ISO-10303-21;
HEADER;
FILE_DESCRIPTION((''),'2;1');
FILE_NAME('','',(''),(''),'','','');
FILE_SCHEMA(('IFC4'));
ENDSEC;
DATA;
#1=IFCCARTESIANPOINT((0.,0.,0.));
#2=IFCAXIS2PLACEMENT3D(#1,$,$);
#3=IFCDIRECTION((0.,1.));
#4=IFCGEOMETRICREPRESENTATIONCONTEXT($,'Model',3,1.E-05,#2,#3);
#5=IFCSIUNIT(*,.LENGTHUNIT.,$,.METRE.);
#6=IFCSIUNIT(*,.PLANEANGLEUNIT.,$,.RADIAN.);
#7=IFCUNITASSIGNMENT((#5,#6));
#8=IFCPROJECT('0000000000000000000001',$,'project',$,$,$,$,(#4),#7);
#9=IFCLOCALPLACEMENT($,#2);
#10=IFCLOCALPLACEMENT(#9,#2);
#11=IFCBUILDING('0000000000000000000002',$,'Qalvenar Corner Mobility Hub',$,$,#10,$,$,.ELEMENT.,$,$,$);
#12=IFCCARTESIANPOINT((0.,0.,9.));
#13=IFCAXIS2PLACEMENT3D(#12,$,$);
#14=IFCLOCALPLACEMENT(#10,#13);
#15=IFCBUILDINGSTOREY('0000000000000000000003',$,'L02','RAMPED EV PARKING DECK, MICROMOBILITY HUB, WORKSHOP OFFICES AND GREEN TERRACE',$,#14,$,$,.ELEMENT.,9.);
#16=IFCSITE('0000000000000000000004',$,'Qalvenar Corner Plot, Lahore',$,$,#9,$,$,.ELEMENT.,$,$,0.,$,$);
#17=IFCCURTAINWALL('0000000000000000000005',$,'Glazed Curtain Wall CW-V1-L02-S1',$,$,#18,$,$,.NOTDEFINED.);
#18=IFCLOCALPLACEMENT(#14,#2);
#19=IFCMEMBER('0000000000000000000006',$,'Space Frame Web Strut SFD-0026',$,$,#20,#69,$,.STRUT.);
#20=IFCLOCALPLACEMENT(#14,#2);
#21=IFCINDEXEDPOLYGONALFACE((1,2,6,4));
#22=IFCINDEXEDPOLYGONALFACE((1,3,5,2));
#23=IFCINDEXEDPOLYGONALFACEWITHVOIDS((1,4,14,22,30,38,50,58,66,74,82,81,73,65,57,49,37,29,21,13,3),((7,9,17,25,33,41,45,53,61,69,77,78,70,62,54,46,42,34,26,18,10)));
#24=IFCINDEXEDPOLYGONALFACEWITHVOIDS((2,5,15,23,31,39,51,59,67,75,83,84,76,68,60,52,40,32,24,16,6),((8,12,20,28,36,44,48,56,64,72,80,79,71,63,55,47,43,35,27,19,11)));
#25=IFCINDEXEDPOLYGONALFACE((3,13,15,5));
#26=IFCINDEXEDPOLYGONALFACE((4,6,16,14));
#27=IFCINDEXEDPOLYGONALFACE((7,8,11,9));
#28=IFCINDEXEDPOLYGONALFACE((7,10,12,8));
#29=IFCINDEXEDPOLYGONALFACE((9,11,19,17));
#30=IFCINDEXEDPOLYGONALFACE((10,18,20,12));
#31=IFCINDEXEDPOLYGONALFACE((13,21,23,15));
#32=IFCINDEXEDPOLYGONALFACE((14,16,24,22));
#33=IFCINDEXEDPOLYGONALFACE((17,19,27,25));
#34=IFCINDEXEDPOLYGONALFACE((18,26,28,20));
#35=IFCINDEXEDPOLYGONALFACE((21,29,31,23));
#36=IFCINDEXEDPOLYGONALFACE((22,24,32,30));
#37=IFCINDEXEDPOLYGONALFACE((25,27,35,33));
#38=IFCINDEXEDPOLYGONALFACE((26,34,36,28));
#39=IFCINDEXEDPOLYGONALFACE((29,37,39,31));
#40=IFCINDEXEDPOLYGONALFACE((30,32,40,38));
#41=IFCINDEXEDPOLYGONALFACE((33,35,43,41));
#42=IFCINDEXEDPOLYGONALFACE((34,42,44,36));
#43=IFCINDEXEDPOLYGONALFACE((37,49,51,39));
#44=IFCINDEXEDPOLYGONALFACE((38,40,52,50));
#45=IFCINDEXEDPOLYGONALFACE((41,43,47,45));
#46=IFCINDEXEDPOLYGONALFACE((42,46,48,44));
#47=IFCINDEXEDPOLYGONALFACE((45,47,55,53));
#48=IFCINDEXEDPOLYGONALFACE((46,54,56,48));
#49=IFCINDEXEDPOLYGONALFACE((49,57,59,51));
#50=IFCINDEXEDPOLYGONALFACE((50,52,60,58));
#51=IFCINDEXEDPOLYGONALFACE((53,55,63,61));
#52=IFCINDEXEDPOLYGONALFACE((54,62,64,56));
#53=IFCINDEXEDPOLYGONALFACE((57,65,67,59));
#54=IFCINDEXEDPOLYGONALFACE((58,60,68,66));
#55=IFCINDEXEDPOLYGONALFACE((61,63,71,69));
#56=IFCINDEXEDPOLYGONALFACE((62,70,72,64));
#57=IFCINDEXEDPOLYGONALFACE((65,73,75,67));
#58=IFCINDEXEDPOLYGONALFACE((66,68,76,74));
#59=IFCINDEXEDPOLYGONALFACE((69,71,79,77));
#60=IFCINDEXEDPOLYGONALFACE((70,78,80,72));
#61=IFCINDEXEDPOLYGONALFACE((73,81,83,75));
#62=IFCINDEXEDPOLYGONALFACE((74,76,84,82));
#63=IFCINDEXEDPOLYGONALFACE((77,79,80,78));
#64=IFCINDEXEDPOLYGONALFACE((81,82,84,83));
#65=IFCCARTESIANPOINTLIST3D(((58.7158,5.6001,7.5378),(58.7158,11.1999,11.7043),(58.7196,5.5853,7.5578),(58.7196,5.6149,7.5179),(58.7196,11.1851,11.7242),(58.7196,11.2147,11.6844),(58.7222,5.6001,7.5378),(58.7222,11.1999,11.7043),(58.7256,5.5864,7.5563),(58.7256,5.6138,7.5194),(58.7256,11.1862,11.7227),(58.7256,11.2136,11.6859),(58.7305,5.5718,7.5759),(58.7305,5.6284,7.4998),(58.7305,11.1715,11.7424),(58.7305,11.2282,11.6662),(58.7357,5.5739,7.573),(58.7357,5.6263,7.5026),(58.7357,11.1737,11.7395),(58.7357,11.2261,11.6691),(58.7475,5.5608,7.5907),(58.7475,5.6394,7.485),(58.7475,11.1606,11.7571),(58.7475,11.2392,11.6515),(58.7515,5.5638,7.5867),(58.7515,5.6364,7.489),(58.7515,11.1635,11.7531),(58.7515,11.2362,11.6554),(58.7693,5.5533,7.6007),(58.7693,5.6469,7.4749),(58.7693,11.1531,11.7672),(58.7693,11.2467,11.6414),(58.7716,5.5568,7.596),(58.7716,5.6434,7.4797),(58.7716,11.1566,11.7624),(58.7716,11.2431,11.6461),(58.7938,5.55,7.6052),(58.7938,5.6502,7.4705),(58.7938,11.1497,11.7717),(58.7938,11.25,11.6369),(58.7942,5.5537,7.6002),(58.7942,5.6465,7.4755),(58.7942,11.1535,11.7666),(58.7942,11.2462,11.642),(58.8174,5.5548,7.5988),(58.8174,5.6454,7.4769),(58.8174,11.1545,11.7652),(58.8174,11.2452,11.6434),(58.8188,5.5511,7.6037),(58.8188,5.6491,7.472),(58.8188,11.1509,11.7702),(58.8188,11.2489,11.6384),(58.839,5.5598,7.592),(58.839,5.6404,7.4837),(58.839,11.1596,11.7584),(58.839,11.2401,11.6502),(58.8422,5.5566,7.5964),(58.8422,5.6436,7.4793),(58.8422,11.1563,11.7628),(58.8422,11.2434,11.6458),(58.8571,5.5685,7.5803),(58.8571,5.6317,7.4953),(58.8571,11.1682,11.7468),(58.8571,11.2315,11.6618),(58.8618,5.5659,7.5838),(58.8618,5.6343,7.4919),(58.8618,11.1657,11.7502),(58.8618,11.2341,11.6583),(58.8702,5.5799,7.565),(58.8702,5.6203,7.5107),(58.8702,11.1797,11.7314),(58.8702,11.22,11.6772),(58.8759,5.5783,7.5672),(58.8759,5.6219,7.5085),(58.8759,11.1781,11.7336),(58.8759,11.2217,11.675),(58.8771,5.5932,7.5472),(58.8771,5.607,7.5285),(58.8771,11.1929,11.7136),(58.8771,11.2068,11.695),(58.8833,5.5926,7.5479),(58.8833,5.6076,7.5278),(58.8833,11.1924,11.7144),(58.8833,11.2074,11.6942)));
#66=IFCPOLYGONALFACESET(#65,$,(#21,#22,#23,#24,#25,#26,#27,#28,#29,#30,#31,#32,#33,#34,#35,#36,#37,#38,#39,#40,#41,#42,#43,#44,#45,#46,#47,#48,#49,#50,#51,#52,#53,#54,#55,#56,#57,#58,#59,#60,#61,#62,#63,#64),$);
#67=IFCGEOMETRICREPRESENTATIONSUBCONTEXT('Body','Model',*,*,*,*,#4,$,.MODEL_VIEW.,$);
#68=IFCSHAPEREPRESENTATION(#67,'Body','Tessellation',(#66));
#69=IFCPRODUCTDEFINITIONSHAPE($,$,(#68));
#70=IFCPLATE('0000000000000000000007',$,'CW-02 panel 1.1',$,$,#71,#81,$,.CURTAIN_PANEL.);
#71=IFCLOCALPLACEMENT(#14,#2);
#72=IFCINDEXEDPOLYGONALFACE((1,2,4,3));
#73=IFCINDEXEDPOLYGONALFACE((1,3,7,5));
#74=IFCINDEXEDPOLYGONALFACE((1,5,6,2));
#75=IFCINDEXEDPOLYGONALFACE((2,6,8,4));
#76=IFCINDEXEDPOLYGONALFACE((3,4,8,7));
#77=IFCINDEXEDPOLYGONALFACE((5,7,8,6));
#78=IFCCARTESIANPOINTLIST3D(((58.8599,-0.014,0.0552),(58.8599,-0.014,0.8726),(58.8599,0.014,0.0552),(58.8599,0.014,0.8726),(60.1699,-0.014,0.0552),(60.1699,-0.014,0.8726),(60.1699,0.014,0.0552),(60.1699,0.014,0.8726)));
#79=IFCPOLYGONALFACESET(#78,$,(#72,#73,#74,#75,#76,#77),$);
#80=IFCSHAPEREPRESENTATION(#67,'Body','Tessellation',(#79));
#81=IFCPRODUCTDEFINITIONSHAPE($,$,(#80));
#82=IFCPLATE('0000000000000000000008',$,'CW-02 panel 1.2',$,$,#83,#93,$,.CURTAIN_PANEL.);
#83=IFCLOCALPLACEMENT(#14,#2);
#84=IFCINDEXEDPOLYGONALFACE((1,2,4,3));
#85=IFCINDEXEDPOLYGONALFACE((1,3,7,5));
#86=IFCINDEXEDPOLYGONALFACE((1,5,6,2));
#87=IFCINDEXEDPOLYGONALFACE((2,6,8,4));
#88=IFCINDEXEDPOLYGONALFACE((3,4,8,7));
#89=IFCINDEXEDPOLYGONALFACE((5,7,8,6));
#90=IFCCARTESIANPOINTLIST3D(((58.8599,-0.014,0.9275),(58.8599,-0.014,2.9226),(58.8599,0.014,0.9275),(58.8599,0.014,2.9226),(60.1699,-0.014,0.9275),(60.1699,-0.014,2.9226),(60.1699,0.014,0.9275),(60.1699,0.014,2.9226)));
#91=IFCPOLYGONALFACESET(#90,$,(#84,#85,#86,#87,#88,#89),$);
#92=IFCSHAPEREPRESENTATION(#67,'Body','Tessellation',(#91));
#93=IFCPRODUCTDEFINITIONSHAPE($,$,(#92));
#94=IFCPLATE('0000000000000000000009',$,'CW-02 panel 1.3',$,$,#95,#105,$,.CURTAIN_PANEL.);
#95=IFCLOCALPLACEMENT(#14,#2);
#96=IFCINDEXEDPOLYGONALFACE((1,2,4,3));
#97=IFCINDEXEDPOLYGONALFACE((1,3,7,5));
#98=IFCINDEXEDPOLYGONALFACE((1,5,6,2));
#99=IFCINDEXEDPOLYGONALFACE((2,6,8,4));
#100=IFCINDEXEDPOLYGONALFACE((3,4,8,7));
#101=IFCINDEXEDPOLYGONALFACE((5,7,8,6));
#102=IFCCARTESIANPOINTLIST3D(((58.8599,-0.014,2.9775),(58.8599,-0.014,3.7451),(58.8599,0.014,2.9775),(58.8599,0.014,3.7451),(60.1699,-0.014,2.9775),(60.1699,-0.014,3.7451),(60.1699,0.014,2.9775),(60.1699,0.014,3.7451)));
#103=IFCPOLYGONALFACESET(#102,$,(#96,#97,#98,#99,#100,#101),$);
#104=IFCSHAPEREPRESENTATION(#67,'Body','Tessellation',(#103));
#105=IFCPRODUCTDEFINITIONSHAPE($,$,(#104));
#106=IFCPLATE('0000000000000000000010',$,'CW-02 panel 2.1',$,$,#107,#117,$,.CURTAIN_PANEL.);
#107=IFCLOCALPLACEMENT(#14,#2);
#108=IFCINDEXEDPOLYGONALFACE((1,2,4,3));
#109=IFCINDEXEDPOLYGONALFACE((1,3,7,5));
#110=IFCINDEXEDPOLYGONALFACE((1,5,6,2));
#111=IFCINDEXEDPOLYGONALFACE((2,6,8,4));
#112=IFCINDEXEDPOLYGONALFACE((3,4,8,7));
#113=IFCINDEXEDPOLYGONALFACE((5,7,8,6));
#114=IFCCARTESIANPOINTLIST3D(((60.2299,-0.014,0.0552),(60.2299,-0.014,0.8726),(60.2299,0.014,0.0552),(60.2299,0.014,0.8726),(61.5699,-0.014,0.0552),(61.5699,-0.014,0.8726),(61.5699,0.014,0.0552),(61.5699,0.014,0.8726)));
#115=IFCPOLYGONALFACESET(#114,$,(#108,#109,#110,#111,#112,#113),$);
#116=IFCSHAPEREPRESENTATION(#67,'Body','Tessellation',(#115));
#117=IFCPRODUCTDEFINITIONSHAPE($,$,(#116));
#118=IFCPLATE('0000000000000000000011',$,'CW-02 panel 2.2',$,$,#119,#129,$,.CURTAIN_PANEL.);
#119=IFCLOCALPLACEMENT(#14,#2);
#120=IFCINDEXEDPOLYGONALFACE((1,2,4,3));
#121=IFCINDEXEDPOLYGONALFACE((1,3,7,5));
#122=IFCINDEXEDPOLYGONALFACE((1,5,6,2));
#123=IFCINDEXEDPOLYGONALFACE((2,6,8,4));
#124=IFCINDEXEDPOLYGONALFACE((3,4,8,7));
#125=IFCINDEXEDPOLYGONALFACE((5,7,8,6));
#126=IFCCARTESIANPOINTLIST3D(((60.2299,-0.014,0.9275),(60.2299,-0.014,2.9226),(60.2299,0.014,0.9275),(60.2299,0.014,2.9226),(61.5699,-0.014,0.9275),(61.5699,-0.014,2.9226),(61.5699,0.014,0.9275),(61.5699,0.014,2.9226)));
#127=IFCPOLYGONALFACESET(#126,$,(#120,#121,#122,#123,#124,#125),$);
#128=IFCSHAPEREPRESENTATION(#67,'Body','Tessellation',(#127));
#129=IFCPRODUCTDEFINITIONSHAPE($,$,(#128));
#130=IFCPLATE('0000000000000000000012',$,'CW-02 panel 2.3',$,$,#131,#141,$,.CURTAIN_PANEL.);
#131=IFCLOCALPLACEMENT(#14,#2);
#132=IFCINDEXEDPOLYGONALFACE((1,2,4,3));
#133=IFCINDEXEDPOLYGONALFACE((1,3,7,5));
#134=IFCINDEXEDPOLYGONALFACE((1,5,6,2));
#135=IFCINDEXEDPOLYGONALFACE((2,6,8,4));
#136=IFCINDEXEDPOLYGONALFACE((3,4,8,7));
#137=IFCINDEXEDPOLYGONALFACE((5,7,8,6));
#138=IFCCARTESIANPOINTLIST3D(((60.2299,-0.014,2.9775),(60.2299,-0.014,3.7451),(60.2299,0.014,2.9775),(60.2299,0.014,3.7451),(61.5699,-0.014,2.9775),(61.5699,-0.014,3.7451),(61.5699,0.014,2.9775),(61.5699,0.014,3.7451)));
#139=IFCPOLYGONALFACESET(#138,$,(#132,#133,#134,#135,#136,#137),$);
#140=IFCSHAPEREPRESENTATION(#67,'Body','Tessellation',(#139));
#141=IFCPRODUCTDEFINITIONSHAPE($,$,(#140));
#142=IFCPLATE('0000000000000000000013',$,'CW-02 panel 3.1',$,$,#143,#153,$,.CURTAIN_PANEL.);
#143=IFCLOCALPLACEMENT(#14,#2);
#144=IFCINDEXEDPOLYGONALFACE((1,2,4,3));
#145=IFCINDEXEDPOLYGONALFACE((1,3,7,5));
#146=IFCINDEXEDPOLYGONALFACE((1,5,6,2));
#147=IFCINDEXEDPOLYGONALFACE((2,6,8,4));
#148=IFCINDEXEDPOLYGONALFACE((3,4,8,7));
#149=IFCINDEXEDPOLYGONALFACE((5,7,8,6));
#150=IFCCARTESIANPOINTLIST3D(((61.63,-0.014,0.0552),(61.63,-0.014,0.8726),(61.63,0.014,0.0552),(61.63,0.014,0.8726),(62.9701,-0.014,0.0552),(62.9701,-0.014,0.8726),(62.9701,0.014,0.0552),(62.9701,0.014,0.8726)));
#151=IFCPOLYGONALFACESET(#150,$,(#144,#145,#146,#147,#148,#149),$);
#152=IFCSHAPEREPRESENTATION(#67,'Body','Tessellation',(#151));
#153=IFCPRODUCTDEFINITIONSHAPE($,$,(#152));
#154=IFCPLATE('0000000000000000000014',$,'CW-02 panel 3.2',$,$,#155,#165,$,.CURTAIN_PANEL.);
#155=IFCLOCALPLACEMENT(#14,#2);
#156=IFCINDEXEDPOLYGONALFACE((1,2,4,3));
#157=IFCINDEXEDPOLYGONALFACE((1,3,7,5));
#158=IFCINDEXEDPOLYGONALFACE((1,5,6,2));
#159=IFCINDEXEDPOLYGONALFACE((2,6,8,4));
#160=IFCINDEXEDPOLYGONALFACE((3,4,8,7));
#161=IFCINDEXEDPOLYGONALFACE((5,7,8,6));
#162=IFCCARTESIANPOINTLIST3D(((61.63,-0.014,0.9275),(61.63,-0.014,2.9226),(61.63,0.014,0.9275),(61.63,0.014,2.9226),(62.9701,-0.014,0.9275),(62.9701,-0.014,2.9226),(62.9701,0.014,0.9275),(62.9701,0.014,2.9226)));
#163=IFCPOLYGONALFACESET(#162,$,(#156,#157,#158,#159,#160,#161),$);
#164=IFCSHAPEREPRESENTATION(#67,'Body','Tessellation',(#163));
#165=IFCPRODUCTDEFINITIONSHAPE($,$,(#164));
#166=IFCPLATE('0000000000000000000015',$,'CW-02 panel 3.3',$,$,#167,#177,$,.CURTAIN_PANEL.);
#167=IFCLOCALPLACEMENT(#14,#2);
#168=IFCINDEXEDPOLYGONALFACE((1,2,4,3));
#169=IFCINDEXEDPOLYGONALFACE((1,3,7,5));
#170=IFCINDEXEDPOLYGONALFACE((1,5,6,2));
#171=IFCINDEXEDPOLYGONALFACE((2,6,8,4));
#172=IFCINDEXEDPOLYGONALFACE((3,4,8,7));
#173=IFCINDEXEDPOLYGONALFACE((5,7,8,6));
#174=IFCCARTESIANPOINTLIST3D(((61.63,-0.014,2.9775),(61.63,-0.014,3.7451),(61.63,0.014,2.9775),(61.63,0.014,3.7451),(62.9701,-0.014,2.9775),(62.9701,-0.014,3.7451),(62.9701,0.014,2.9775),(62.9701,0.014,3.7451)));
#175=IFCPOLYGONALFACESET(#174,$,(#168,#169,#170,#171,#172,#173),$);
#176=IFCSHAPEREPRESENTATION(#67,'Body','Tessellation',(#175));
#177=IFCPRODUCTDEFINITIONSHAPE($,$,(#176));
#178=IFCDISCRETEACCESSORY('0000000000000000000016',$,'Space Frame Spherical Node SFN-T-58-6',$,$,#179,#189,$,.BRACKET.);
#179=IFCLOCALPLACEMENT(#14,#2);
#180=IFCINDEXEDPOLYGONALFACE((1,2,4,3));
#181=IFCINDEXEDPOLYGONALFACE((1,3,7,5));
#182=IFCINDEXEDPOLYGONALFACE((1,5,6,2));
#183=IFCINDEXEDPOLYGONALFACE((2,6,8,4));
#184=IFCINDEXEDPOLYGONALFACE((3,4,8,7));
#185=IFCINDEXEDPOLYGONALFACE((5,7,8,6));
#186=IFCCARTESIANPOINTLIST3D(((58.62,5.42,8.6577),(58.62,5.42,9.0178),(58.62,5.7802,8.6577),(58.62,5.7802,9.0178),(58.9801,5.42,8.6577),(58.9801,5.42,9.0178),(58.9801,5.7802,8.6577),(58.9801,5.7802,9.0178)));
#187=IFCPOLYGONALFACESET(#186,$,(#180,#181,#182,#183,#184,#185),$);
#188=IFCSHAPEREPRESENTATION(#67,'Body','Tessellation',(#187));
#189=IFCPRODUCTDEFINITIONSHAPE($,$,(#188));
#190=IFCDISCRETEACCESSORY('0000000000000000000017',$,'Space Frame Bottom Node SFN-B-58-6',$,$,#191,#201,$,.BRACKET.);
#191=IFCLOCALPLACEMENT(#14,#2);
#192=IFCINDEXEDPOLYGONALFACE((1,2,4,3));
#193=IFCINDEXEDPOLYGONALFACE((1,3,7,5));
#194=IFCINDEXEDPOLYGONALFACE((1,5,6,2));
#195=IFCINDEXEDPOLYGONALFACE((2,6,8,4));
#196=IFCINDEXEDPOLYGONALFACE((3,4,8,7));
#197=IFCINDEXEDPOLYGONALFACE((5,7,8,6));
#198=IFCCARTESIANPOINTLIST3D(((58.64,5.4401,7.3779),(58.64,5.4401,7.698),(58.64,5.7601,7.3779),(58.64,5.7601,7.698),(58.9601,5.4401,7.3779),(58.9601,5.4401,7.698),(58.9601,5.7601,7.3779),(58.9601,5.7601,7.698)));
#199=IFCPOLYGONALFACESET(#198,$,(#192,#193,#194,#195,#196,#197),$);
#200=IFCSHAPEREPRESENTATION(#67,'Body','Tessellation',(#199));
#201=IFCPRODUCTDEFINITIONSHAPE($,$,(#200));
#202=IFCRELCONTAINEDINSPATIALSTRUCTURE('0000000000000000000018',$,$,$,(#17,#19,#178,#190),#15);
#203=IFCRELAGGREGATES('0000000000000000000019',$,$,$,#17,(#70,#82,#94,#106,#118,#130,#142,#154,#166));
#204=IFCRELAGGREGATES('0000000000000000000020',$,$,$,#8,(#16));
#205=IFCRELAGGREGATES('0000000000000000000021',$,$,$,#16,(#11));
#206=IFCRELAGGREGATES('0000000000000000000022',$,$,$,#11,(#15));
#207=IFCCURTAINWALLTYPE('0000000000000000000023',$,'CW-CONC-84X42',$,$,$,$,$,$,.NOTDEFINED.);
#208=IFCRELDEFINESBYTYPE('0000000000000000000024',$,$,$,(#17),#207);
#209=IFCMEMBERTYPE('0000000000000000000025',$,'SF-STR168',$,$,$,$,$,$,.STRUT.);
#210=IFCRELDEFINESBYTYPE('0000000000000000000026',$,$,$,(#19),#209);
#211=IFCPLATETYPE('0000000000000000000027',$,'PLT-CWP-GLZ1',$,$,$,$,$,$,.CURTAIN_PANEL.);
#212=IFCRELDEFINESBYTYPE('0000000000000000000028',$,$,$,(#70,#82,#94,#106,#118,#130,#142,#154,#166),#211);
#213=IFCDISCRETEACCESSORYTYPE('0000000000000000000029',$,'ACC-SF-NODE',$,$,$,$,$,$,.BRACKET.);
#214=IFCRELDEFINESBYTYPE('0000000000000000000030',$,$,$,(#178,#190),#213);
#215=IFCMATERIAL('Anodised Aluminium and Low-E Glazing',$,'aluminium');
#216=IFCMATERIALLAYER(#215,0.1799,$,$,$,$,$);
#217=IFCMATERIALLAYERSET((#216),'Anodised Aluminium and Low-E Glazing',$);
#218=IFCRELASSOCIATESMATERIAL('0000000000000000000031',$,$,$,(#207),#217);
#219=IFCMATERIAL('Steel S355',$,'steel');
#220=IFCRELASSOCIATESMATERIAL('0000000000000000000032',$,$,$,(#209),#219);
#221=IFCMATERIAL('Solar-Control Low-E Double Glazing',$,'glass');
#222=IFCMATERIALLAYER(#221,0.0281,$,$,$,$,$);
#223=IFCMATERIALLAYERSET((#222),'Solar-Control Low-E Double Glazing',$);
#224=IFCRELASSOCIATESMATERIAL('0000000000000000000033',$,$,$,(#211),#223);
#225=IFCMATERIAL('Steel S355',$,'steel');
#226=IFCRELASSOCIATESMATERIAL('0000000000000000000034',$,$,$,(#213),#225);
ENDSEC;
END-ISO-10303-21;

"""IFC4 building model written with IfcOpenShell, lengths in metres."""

from ifc_helpers import new_model, si_unit, direction, frame, origin, origin_2d, place, context, subcontext, project, spatial, rectangle, hollow_circle, extrude, material, layer, layer_set, material_profile, profile_set, type_object, element, aggregate, save


model = new_model("IFC4")

# Units and contexts
model_context = context("Model", 3, precision=1e-05, world=origin(), true_north=direction((0.0, 1.0)))
body_context = subcontext(model_context, "Body", "Model", "MODEL_VIEW")
ifc_project = project(units=[si_unit("LENGTHUNIT", "METRE"), si_unit("PLANEANGLEUNIT", "RADIAN")], contexts=[model_context])

# Site, building, storey
site_placement = place(None, origin())
site = spatial("IfcSite", under=ifc_project, at=site_placement, Name="Qalvenar Corner Plot, Lahore", CompositionType="ELEMENT", RefElevation=0.0)
building_placement = place(site_placement, origin())
building = spatial("IfcBuilding", under=site, at=building_placement, Name="Qalvenar Corner Mobility Hub", CompositionType="ELEMENT")
storey_placement = place(building_placement, frame((0.0, 0.0, 9.0)))
storey = spatial("IfcBuildingStorey", under=building, at=storey_placement, Name="L02", Description="RAMPED EV PARKING DECK, MICROMOBILITY HUB, WORKSHOP OFFICES AND GREEN TERRACE", CompositionType="ELEMENT", Elevation=9.0)

# Curtain wall
ifc_material_1 = material(Name="Anodised Aluminium and Low-E Glazing", Category="aluminium")
ifc_layer_1 = layer(ifc_material_1, 0.1799)
ifc_layer_set_1 = layer_set([ifc_layer_1], Name="Anodised Aluminium and Low-E Glazing")
curtain_wall_type = type_object("IfcCurtainWallType", Name="CW-CONC-84X42", PredefinedType="NOTDEFINED", material=ifc_layer_set_1)
curtain_wall_placement = place(storey_placement, origin())
curtain_wall = element("IfcCurtainWall", 1, at=curtain_wall_placement, inside=storey, type_object=curtain_wall_type, Name="Glazed Curtain Wall CW-V1-L02-S1", PredefinedType="NOTDEFINED")

# Member
ifc_material_2 = material(Name="Steel S355", Category="steel")
ifc_material_profile_1 = material_profile(ifc_material_2, hollow_circle(Radius=0.0842, WallThickness=0.0063, at=origin_2d()), Name="CHS168.3x6.3")
ifc_profile_set_1 = profile_set([ifc_material_profile_1], Name="Steel S355")
member_type_1 = type_object("IfcMemberType", Name="SF-STR168", PredefinedType="STRUT", material=ifc_profile_set_1)
member_1_placement = place(storey_placement, frame((58.8, 5.6001, 7.5378), z_axis=(0.0, 0.80229, 0.596934), x_axis=(-1.0, 0.0, 0.0)))
element("IfcMember", 2, at=member_1_placement, inside=storey, type_object=member_type_1, Name="Space Frame Web Strut SFD-0026", PredefinedType="STRUT", context=body_context, shape_type="SweptSolid", body=[
    extrude(hollow_circle(Radius=0.0842, WallThickness=0.0063, at=origin_2d()), origin(), (0.0, 0.0, 1.0), 6.9797),
])

# Plates
ifc_material_3 = material(Name="Solar-Control Low-E Double Glazing", Category="glass")
ifc_layer_2 = layer(ifc_material_3, 0.0281)
ifc_layer_set_2 = layer_set([ifc_layer_2], Name="Solar-Control Low-E Double Glazing")
plate_type = type_object("IfcPlateType", Name="PLT-CWP-GLZ1", PredefinedType="CURTAIN_PANEL", material=ifc_layer_set_2)
plate_1_placement = place(storey_placement, frame((59.5149, 0.0, 0.0552), z_axis=(0.0, 0.0, 1.0), x_axis=(1.0, 0.0, 0.0)))
plate_1 = element("IfcPlate", 3, at=plate_1_placement, type_object=plate_type, Name="CW-02 panel 1.1", PredefinedType="CURTAIN_PANEL", context=body_context, shape_type="SweptSolid", body=[
    extrude(rectangle(XDim=1.3101, YDim=0.0281, at=origin_2d()), origin(), (0.0, 0.0, 1.0), 0.8174),
])
plate_2_placement = place(storey_placement, frame((59.5149, 0.0, 0.9275), z_axis=(0.0, 0.0, 1.0), x_axis=(1.0, 0.0, 0.0)))
plate_2 = element("IfcPlate", 4, at=plate_2_placement, type_object=plate_type, Name="CW-02 panel 1.2", PredefinedType="CURTAIN_PANEL", context=body_context, shape_type="SweptSolid", body=[
    extrude(rectangle(XDim=1.3101, YDim=0.0281, at=origin_2d()), origin(), (0.0, 0.0, 1.0), 1.9951),
])
plate_3_placement = place(storey_placement, frame((59.5149, 0.0, 2.9775), z_axis=(0.0, 0.0, 1.0), x_axis=(1.0, 0.0, 0.0)))
plate_3 = element("IfcPlate", 5, at=plate_3_placement, type_object=plate_type, Name="CW-02 panel 1.3", PredefinedType="CURTAIN_PANEL", context=body_context, shape_type="SweptSolid", body=[
    extrude(rectangle(XDim=1.3101, YDim=0.0281, at=origin_2d()), origin(), (0.0, 0.0, 1.0), 0.7676),
])
plate_4_placement = place(storey_placement, frame((60.8999, 0.0, 0.0552), z_axis=(0.0, 0.0, 1.0), x_axis=(1.0, 0.0, 0.0)))
plate_4 = element("IfcPlate", 6, at=plate_4_placement, type_object=plate_type, Name="CW-02 panel 2.1", PredefinedType="CURTAIN_PANEL", context=body_context, shape_type="SweptSolid", body=[
    extrude(rectangle(XDim=1.3401, YDim=0.0281, at=origin_2d()), origin(), (0.0, 0.0, 1.0), 0.8174),
])
plate_5_placement = place(storey_placement, frame((60.8999, 0.0, 0.9275), z_axis=(0.0, 0.0, 1.0), x_axis=(1.0, 0.0, 0.0)))
plate_5 = element("IfcPlate", 7, at=plate_5_placement, type_object=plate_type, Name="CW-02 panel 2.2", PredefinedType="CURTAIN_PANEL", context=body_context, shape_type="SweptSolid", body=[
    extrude(rectangle(XDim=1.3401, YDim=0.0281, at=origin_2d()), origin(), (0.0, 0.0, 1.0), 1.9951),
])
plate_6_placement = place(storey_placement, frame((60.8999, 0.0, 2.9775), z_axis=(0.0, 0.0, 1.0), x_axis=(1.0, 0.0, 0.0)))
plate_6 = element("IfcPlate", 8, at=plate_6_placement, type_object=plate_type, Name="CW-02 panel 2.3", PredefinedType="CURTAIN_PANEL", context=body_context, shape_type="SweptSolid", body=[
    extrude(rectangle(XDim=1.3401, YDim=0.0281, at=origin_2d()), origin(), (0.0, 0.0, 1.0), 0.7676),
])
plate_7_placement = place(storey_placement, frame((62.3, 0.0, 0.0552), z_axis=(0.0, 0.0, 1.0), x_axis=(1.0, 0.0, 0.0)))
plate_7 = element("IfcPlate", 9, at=plate_7_placement, type_object=plate_type, Name="CW-02 panel 3.1", PredefinedType="CURTAIN_PANEL", context=body_context, shape_type="SweptSolid", body=[
    extrude(rectangle(XDim=1.3401, YDim=0.0281, at=origin_2d()), origin(), (0.0, 0.0, 1.0), 0.8174),
])
plate_8_placement = place(storey_placement, frame((62.3, 0.0, 0.9275), z_axis=(0.0, 0.0, 1.0), x_axis=(1.0, 0.0, 0.0)))
plate_8 = element("IfcPlate", 10, at=plate_8_placement, type_object=plate_type, Name="CW-02 panel 3.2", PredefinedType="CURTAIN_PANEL", context=body_context, shape_type="SweptSolid", body=[
    extrude(rectangle(XDim=1.3401, YDim=0.0281, at=origin_2d()), origin(), (0.0, 0.0, 1.0), 1.9951),
])
plate_9_placement = place(storey_placement, frame((62.3, 0.0, 2.9775), z_axis=(0.0, 0.0, 1.0), x_axis=(1.0, 0.0, 0.0)))
plate_9 = element("IfcPlate", 11, at=plate_9_placement, type_object=plate_type, Name="CW-02 panel 3.3", PredefinedType="CURTAIN_PANEL", context=body_context, shape_type="SweptSolid", body=[
    extrude(rectangle(XDim=1.3401, YDim=0.0281, at=origin_2d()), origin(), (0.0, 0.0, 1.0), 0.7676),
])
aggregate(curtain_wall, [plate_1, plate_2, plate_3, plate_4, plate_5, plate_6, plate_7, plate_8, plate_9])

# Discrete accessories
ifc_material_4 = material(Name="Steel S355", Category="steel")
discrete_accessory_type = type_object("IfcDiscreteAccessoryType", Name="ACC-SF-NODE", PredefinedType="BRACKET", material=ifc_material_4)
discrete_accessory_1_placement = place(storey_placement, frame((58.8, 5.6001, 8.6577), z_axis=(0.0, 0.0, 1.0), x_axis=(1.0, 0.0, 0.0)))
element("IfcDiscreteAccessory", 12, at=discrete_accessory_1_placement, inside=storey, type_object=discrete_accessory_type, Name="Space Frame Spherical Node SFN-T-58-6", PredefinedType="BRACKET", context=body_context, shape_type="SweptSolid", body=[
    extrude(rectangle(XDim=0.3601, YDim=0.3601, at=origin_2d()), origin(), (0.0, 0.0, 1.0), 0.3601),
])
discrete_accessory_2_placement = place(storey_placement, frame((58.8, 5.6001, 7.3779), z_axis=(0.0, 0.0, 1.0), x_axis=(1.0, 0.0, 0.0)))
element("IfcDiscreteAccessory", 13, at=discrete_accessory_2_placement, inside=storey, type_object=discrete_accessory_type, Name="Space Frame Bottom Node SFN-B-58-6", PredefinedType="BRACKET", context=body_context, shape_type="SweptSolid", body=[
    extrude(rectangle(XDim=0.3201, YDim=0.3201, at=origin_2d()), origin(), (0.0, 0.0, 1.0), 0.3201),
])

save(model, "model.ifc")
